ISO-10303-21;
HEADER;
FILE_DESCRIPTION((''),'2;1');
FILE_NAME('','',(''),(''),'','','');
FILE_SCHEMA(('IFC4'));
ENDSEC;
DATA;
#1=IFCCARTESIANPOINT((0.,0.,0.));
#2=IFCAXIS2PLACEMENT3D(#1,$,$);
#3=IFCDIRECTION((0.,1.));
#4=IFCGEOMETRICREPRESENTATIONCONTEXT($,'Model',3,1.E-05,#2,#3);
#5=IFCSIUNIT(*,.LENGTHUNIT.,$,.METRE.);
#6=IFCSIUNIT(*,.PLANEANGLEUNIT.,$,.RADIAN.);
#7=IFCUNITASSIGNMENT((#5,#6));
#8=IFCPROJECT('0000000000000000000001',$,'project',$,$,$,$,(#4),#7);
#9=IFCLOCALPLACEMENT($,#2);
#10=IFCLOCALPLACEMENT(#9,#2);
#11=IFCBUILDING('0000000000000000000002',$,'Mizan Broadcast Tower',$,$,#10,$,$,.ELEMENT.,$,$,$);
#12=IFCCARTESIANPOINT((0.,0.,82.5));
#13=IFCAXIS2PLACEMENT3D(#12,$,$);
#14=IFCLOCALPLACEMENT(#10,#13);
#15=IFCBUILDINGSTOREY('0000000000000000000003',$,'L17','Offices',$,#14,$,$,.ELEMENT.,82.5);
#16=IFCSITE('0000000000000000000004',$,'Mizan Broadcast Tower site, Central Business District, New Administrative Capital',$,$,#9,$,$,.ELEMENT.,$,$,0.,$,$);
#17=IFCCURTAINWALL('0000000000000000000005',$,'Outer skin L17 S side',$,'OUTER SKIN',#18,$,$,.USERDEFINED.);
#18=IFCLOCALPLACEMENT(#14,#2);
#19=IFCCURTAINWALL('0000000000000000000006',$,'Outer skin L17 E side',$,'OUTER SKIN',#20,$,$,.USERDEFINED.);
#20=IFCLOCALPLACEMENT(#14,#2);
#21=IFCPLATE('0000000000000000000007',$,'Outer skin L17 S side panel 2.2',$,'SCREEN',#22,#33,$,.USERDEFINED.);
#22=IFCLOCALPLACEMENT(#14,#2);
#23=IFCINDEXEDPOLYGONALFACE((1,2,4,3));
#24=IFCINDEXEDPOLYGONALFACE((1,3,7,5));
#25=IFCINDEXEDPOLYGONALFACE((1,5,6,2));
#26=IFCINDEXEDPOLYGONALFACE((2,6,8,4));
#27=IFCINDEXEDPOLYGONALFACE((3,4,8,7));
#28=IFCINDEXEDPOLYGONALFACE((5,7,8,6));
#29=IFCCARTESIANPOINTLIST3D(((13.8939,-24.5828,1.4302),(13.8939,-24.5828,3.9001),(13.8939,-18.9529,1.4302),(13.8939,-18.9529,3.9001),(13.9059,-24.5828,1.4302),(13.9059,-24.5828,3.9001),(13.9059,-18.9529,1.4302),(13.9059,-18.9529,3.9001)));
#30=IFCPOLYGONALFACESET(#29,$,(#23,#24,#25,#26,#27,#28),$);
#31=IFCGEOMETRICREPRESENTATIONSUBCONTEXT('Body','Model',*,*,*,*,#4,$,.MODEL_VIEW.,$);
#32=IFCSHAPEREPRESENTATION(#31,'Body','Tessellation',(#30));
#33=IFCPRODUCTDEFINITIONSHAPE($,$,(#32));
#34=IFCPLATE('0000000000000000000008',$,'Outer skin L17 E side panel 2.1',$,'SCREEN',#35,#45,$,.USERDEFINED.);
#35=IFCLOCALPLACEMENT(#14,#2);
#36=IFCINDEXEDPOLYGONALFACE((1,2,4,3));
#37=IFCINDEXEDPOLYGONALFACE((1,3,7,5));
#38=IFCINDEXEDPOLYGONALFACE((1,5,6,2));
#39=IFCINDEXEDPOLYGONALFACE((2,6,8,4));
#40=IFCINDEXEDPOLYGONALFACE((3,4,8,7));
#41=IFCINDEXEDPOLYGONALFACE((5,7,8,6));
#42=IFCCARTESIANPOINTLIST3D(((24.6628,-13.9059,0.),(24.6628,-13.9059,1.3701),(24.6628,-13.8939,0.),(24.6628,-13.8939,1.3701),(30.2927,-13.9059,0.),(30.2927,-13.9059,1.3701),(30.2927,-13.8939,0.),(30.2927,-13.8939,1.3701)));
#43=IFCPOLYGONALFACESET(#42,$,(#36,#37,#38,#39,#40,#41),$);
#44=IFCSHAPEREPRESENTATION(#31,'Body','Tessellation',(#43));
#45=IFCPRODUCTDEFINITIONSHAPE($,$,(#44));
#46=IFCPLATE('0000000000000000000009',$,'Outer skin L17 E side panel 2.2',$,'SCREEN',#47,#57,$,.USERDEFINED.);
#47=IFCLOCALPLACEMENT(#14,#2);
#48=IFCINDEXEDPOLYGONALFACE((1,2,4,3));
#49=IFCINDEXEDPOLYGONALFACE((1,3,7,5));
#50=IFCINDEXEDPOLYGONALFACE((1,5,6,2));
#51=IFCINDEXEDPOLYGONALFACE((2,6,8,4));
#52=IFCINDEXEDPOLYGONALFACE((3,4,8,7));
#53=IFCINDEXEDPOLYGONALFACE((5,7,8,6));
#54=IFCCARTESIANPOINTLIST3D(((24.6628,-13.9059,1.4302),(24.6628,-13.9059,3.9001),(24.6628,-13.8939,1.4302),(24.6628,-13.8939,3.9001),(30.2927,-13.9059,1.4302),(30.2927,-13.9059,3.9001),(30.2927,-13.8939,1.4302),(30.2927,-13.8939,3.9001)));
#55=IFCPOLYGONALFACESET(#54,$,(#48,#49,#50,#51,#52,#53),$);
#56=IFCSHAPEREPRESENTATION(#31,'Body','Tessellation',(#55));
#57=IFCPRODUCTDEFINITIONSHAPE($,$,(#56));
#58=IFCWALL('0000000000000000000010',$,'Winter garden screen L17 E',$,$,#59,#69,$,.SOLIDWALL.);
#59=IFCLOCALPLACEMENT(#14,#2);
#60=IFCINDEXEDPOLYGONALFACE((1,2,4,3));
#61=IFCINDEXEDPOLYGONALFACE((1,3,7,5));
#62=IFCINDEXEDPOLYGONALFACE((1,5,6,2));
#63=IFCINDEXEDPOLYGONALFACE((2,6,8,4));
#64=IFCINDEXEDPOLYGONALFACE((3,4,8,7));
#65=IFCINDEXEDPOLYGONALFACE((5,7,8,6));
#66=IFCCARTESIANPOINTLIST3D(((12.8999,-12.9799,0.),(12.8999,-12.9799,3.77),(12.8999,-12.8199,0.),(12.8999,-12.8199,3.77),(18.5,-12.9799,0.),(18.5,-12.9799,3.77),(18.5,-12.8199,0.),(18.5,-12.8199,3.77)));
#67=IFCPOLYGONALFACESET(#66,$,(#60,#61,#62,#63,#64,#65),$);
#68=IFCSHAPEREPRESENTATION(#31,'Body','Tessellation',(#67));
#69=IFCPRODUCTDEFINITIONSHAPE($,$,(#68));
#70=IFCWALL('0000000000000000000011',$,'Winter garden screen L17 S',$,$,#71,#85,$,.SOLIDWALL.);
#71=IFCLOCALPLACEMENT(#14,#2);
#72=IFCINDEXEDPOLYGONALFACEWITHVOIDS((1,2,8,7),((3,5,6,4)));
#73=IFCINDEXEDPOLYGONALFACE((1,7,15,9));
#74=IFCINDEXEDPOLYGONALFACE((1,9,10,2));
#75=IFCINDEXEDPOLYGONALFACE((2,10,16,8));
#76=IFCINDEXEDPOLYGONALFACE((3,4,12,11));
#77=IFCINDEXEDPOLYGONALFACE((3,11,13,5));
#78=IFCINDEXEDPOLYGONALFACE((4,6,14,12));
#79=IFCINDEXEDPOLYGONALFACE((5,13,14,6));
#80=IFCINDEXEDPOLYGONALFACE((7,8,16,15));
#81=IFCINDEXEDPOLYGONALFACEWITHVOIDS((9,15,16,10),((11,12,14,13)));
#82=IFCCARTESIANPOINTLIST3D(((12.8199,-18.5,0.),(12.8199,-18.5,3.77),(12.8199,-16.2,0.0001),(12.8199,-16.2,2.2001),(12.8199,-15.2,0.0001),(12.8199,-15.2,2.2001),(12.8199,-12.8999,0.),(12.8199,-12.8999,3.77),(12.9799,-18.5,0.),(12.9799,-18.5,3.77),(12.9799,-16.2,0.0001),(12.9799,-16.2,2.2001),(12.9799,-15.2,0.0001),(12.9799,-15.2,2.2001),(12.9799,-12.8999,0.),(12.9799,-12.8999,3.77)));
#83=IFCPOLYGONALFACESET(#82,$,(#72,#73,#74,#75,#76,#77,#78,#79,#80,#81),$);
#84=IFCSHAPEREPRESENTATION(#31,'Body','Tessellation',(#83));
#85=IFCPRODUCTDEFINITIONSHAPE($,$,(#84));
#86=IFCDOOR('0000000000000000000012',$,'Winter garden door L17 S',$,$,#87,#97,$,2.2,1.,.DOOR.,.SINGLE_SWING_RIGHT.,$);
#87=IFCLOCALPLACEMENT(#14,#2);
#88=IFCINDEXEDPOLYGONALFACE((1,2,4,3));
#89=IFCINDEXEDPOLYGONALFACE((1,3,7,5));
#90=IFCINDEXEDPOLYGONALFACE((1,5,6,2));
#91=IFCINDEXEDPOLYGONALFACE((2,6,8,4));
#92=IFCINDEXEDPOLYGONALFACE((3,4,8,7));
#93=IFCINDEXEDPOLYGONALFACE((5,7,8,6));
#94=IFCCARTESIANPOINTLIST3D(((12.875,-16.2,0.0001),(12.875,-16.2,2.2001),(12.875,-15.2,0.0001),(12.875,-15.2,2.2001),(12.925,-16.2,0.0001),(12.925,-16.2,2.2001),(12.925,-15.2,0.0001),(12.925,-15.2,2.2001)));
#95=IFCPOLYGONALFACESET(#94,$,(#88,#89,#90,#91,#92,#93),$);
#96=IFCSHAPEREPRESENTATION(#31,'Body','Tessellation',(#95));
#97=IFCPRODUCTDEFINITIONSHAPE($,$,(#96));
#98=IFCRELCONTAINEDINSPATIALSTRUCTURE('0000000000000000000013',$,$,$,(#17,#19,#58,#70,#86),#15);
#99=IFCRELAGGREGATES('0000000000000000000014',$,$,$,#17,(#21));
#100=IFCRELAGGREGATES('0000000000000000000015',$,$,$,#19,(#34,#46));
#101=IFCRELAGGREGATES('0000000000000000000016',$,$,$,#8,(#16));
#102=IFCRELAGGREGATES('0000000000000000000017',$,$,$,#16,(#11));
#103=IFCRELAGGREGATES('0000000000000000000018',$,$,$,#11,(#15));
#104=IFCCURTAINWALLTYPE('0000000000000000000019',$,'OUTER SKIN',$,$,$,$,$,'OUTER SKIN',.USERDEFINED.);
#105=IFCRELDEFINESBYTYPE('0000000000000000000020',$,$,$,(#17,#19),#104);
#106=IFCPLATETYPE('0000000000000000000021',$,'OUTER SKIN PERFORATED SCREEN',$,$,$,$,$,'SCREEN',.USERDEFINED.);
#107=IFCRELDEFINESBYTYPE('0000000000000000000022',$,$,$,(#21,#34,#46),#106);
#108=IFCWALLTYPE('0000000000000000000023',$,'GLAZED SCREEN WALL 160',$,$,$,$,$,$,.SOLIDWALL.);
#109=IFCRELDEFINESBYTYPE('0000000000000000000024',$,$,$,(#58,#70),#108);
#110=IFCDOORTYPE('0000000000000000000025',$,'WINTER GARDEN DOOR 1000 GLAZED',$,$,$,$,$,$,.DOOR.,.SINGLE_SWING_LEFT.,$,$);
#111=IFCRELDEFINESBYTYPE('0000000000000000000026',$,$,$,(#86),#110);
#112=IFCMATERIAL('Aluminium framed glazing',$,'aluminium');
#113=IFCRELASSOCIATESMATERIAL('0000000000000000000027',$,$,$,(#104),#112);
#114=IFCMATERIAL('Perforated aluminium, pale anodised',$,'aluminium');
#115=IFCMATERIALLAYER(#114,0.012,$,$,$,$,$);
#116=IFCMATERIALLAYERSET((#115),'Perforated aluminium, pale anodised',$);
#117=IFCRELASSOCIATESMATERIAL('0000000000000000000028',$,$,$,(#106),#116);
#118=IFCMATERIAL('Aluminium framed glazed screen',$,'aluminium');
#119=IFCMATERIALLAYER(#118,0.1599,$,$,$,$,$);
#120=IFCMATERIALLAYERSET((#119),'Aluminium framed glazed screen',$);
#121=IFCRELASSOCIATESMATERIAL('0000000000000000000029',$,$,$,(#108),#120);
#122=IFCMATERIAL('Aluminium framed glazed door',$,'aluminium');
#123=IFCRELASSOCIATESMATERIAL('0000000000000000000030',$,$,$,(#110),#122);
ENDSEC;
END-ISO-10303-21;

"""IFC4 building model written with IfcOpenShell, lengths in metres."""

from ifc_helpers import new_model, si_unit, direction, frame, frame_2d, origin, origin_2d, place, context, subcontext, project, spatial, rectangle, extrude, material, layer, layer_set, type_object, element, fill, aggregate, save


model = new_model("IFC4")

# Units and contexts
model_context = context("Model", 3, precision=1e-05, world=origin(), true_north=direction((0.0, 1.0)))
body_context = subcontext(model_context, "Body", "Model", "MODEL_VIEW")
ifc_project = project(units=[si_unit("LENGTHUNIT", "METRE"), si_unit("PLANEANGLEUNIT", "RADIAN")], contexts=[model_context])

# Site, building, storey
site_placement = place(None, origin())
site = spatial("IfcSite", under=ifc_project, at=site_placement, Name="Mizan Broadcast Tower site, Central Business District, New Administrative Capital", CompositionType="ELEMENT", RefElevation=0.0)
building_placement = place(site_placement, origin())
building = spatial("IfcBuilding", under=site, at=building_placement, Name="Mizan Broadcast Tower", CompositionType="ELEMENT")
storey_placement = place(building_placement, frame((0.0, 0.0, 82.5)))
storey = spatial("IfcBuildingStorey", under=building, at=storey_placement, Name="L17", Description="Offices", CompositionType="ELEMENT", Elevation=82.5)

# Shared definitions
ifc_material_1 = material(Name="Aluminium framed glazing", Category="aluminium")
curtain_wall_type_1 = type_object("IfcCurtainWallType", Name="OUTER SKIN", ElementType="OUTER SKIN", PredefinedType="USERDEFINED", material=ifc_material_1)

# Curtain wall
curtain_wall_1_placement = place(storey_placement, origin())
curtain_wall_1 = element("IfcCurtainWall", 1, at=curtain_wall_1_placement, inside=storey, type_object=curtain_wall_type_1, Name="Outer skin L17 S side", ObjectType="OUTER SKIN", PredefinedType="USERDEFINED")

# Curtain wall
curtain_wall_2_placement = place(storey_placement, origin())
curtain_wall_2 = element("IfcCurtainWall", 2, at=curtain_wall_2_placement, inside=storey, type_object=curtain_wall_type_1, Name="Outer skin L17 E side", ObjectType="OUTER SKIN", PredefinedType="USERDEFINED")

# Plates
ifc_material_2 = material(Name="Perforated aluminium, pale anodised", Category="aluminium")
ifc_layer_1 = layer(ifc_material_2, 0.012)
ifc_layer_set_1 = layer_set([ifc_layer_1], Name="Perforated aluminium, pale anodised")
plate_type_1 = type_object("IfcPlateType", Name="OUTER SKIN PERFORATED SCREEN", ElementType="SCREEN", PredefinedType="USERDEFINED", material=ifc_layer_set_1)
plate_1_placement = place(storey_placement, frame((13.8999, -21.7678, 1.4302), z_axis=(0.0, 0.0, 1.0), x_axis=(0.0, 1.0, 0.0)))
plate_1 = element("IfcPlate", 3, at=plate_1_placement, type_object=plate_type_1, Name="Outer skin L17 S side panel 2.2", ObjectType="SCREEN", PredefinedType="USERDEFINED", context=body_context, shape_type="SweptSolid", body=[
    extrude(rectangle(XDim=5.6299, YDim=0.012, at=origin_2d()), origin(), (0.0, 0.0, 1.0), 2.47),
])
aggregate(curtain_wall_1, [plate_1])
plate_2_placement = place(storey_placement, frame((27.4778, -13.8999, 0.0), z_axis=(0.0, 0.0, 1.0), x_axis=(1.0, 0.0, 0.0)))
plate_2 = element("IfcPlate", 4, at=plate_2_placement, type_object=plate_type_1, Name="Outer skin L17 E side panel 2.1", ObjectType="SCREEN", PredefinedType="USERDEFINED", context=body_context, shape_type="SweptSolid", body=[
    extrude(rectangle(XDim=5.6299, YDim=0.012, at=origin_2d()), origin(), (0.0, 0.0, 1.0), 1.3701),
])
plate_3_placement = place(storey_placement, frame((27.4778, -13.8999, 1.4302), z_axis=(0.0, 0.0, 1.0), x_axis=(1.0, 0.0, 0.0)))
plate_3 = element("IfcPlate", 5, at=plate_3_placement, type_object=plate_type_1, Name="Outer skin L17 E side panel 2.2", ObjectType="SCREEN", PredefinedType="USERDEFINED", context=body_context, shape_type="SweptSolid", body=[
    extrude(rectangle(XDim=5.6299, YDim=0.012, at=origin_2d()), origin(), (0.0, 0.0, 1.0), 2.47),
])
aggregate(curtain_wall_2, [plate_2, plate_3])

# Wall
ifc_material_3 = material(Name="Aluminium framed glazed screen", Category="aluminium")
ifc_layer_2 = layer(ifc_material_3, 0.1599)
ifc_layer_set_2 = layer_set([ifc_layer_2], Name="Aluminium framed glazed screen")
wall_type = type_object("IfcWallType", Name="GLAZED SCREEN WALL 160", PredefinedType="SOLIDWALL", material=ifc_layer_set_2)
wall_1_placement = place(storey_placement, frame((12.8999, -12.8999, 0.0), z_axis=(0.0, 0.0, 1.0), x_axis=(1.0, 0.0, 0.0)))
element("IfcWall", 6, at=wall_1_placement, inside=storey, type_object=wall_type, Name="Winter garden screen L17 E", PredefinedType="SOLIDWALL", context=body_context, shape_type="SweptSolid", body=[
    extrude(rectangle(XDim=5.6001, YDim=0.1599, at=frame_2d((2.8, 0.0))), origin(), (0.0, 0.0, 1.0), 3.77),
])

# Wall, opening, door
wall_2_placement = place(storey_placement, frame((12.8999, -18.5, 0.0), z_axis=(0.0, 0.0, 1.0), x_axis=(0.0, 1.0, 0.0)))
wall_2 = element("IfcWall", 7, at=wall_2_placement, inside=storey, type_object=wall_type, Name="Winter garden screen L17 S", PredefinedType="SOLIDWALL", context=body_context, shape_type="SweptSolid", body=[
    extrude(rectangle(XDim=5.6001, YDim=0.1599, at=frame_2d((2.8, 0.0))), origin(), (0.0, 0.0, 1.0), 3.77),
])
opening_placement = place(wall_2_placement, frame((2.3, 0.0, 0.0)))
opening = element("IfcOpeningElement", 8, at=opening_placement, cuts=wall_2, PredefinedType="OPENING", context=body_context, shape_type="SweptSolid", body=[
    extrude(rectangle(XDim=1.0, YDim=2.2, at=frame_2d((0.5, 1.1001))), frame((0.0, 0.0898, 0.0), z_axis=(0.0, -1.0, 0.0), x_axis=(1.0, 0.0, 0.0)), (0.0, 0.0, 1.0), 0.1799),
])
ifc_material_4 = material(Name="Aluminium framed glazed door", Category="aluminium")
door_type = type_object("IfcDoorType", Name="WINTER GARDEN DOOR 1000 GLAZED", OperationType="SINGLE_SWING_LEFT", PredefinedType="DOOR", material=ifc_material_4)
door_placement = place(opening_placement, origin())
door = element("IfcDoor", 9, at=door_placement, inside=storey, type_object=door_type, Name="Winter garden door L17 S", OperationType="SINGLE_SWING_RIGHT", OverallHeight=2.2, OverallWidth=1.0, PredefinedType="DOOR", context=body_context, shape_type="SweptSolid", body=[
    extrude(rectangle(XDim=1.0, YDim=2.2, at=frame_2d((0.5, 1.1001))), frame((0.0, 0.0249, 0.0), z_axis=(0.0, -1.0, 0.0), x_axis=(1.0, 0.0, 0.0)), (0.0, 0.0, 1.0), 0.05),
])
fill(opening, door)

save(model, "model.ifc")
